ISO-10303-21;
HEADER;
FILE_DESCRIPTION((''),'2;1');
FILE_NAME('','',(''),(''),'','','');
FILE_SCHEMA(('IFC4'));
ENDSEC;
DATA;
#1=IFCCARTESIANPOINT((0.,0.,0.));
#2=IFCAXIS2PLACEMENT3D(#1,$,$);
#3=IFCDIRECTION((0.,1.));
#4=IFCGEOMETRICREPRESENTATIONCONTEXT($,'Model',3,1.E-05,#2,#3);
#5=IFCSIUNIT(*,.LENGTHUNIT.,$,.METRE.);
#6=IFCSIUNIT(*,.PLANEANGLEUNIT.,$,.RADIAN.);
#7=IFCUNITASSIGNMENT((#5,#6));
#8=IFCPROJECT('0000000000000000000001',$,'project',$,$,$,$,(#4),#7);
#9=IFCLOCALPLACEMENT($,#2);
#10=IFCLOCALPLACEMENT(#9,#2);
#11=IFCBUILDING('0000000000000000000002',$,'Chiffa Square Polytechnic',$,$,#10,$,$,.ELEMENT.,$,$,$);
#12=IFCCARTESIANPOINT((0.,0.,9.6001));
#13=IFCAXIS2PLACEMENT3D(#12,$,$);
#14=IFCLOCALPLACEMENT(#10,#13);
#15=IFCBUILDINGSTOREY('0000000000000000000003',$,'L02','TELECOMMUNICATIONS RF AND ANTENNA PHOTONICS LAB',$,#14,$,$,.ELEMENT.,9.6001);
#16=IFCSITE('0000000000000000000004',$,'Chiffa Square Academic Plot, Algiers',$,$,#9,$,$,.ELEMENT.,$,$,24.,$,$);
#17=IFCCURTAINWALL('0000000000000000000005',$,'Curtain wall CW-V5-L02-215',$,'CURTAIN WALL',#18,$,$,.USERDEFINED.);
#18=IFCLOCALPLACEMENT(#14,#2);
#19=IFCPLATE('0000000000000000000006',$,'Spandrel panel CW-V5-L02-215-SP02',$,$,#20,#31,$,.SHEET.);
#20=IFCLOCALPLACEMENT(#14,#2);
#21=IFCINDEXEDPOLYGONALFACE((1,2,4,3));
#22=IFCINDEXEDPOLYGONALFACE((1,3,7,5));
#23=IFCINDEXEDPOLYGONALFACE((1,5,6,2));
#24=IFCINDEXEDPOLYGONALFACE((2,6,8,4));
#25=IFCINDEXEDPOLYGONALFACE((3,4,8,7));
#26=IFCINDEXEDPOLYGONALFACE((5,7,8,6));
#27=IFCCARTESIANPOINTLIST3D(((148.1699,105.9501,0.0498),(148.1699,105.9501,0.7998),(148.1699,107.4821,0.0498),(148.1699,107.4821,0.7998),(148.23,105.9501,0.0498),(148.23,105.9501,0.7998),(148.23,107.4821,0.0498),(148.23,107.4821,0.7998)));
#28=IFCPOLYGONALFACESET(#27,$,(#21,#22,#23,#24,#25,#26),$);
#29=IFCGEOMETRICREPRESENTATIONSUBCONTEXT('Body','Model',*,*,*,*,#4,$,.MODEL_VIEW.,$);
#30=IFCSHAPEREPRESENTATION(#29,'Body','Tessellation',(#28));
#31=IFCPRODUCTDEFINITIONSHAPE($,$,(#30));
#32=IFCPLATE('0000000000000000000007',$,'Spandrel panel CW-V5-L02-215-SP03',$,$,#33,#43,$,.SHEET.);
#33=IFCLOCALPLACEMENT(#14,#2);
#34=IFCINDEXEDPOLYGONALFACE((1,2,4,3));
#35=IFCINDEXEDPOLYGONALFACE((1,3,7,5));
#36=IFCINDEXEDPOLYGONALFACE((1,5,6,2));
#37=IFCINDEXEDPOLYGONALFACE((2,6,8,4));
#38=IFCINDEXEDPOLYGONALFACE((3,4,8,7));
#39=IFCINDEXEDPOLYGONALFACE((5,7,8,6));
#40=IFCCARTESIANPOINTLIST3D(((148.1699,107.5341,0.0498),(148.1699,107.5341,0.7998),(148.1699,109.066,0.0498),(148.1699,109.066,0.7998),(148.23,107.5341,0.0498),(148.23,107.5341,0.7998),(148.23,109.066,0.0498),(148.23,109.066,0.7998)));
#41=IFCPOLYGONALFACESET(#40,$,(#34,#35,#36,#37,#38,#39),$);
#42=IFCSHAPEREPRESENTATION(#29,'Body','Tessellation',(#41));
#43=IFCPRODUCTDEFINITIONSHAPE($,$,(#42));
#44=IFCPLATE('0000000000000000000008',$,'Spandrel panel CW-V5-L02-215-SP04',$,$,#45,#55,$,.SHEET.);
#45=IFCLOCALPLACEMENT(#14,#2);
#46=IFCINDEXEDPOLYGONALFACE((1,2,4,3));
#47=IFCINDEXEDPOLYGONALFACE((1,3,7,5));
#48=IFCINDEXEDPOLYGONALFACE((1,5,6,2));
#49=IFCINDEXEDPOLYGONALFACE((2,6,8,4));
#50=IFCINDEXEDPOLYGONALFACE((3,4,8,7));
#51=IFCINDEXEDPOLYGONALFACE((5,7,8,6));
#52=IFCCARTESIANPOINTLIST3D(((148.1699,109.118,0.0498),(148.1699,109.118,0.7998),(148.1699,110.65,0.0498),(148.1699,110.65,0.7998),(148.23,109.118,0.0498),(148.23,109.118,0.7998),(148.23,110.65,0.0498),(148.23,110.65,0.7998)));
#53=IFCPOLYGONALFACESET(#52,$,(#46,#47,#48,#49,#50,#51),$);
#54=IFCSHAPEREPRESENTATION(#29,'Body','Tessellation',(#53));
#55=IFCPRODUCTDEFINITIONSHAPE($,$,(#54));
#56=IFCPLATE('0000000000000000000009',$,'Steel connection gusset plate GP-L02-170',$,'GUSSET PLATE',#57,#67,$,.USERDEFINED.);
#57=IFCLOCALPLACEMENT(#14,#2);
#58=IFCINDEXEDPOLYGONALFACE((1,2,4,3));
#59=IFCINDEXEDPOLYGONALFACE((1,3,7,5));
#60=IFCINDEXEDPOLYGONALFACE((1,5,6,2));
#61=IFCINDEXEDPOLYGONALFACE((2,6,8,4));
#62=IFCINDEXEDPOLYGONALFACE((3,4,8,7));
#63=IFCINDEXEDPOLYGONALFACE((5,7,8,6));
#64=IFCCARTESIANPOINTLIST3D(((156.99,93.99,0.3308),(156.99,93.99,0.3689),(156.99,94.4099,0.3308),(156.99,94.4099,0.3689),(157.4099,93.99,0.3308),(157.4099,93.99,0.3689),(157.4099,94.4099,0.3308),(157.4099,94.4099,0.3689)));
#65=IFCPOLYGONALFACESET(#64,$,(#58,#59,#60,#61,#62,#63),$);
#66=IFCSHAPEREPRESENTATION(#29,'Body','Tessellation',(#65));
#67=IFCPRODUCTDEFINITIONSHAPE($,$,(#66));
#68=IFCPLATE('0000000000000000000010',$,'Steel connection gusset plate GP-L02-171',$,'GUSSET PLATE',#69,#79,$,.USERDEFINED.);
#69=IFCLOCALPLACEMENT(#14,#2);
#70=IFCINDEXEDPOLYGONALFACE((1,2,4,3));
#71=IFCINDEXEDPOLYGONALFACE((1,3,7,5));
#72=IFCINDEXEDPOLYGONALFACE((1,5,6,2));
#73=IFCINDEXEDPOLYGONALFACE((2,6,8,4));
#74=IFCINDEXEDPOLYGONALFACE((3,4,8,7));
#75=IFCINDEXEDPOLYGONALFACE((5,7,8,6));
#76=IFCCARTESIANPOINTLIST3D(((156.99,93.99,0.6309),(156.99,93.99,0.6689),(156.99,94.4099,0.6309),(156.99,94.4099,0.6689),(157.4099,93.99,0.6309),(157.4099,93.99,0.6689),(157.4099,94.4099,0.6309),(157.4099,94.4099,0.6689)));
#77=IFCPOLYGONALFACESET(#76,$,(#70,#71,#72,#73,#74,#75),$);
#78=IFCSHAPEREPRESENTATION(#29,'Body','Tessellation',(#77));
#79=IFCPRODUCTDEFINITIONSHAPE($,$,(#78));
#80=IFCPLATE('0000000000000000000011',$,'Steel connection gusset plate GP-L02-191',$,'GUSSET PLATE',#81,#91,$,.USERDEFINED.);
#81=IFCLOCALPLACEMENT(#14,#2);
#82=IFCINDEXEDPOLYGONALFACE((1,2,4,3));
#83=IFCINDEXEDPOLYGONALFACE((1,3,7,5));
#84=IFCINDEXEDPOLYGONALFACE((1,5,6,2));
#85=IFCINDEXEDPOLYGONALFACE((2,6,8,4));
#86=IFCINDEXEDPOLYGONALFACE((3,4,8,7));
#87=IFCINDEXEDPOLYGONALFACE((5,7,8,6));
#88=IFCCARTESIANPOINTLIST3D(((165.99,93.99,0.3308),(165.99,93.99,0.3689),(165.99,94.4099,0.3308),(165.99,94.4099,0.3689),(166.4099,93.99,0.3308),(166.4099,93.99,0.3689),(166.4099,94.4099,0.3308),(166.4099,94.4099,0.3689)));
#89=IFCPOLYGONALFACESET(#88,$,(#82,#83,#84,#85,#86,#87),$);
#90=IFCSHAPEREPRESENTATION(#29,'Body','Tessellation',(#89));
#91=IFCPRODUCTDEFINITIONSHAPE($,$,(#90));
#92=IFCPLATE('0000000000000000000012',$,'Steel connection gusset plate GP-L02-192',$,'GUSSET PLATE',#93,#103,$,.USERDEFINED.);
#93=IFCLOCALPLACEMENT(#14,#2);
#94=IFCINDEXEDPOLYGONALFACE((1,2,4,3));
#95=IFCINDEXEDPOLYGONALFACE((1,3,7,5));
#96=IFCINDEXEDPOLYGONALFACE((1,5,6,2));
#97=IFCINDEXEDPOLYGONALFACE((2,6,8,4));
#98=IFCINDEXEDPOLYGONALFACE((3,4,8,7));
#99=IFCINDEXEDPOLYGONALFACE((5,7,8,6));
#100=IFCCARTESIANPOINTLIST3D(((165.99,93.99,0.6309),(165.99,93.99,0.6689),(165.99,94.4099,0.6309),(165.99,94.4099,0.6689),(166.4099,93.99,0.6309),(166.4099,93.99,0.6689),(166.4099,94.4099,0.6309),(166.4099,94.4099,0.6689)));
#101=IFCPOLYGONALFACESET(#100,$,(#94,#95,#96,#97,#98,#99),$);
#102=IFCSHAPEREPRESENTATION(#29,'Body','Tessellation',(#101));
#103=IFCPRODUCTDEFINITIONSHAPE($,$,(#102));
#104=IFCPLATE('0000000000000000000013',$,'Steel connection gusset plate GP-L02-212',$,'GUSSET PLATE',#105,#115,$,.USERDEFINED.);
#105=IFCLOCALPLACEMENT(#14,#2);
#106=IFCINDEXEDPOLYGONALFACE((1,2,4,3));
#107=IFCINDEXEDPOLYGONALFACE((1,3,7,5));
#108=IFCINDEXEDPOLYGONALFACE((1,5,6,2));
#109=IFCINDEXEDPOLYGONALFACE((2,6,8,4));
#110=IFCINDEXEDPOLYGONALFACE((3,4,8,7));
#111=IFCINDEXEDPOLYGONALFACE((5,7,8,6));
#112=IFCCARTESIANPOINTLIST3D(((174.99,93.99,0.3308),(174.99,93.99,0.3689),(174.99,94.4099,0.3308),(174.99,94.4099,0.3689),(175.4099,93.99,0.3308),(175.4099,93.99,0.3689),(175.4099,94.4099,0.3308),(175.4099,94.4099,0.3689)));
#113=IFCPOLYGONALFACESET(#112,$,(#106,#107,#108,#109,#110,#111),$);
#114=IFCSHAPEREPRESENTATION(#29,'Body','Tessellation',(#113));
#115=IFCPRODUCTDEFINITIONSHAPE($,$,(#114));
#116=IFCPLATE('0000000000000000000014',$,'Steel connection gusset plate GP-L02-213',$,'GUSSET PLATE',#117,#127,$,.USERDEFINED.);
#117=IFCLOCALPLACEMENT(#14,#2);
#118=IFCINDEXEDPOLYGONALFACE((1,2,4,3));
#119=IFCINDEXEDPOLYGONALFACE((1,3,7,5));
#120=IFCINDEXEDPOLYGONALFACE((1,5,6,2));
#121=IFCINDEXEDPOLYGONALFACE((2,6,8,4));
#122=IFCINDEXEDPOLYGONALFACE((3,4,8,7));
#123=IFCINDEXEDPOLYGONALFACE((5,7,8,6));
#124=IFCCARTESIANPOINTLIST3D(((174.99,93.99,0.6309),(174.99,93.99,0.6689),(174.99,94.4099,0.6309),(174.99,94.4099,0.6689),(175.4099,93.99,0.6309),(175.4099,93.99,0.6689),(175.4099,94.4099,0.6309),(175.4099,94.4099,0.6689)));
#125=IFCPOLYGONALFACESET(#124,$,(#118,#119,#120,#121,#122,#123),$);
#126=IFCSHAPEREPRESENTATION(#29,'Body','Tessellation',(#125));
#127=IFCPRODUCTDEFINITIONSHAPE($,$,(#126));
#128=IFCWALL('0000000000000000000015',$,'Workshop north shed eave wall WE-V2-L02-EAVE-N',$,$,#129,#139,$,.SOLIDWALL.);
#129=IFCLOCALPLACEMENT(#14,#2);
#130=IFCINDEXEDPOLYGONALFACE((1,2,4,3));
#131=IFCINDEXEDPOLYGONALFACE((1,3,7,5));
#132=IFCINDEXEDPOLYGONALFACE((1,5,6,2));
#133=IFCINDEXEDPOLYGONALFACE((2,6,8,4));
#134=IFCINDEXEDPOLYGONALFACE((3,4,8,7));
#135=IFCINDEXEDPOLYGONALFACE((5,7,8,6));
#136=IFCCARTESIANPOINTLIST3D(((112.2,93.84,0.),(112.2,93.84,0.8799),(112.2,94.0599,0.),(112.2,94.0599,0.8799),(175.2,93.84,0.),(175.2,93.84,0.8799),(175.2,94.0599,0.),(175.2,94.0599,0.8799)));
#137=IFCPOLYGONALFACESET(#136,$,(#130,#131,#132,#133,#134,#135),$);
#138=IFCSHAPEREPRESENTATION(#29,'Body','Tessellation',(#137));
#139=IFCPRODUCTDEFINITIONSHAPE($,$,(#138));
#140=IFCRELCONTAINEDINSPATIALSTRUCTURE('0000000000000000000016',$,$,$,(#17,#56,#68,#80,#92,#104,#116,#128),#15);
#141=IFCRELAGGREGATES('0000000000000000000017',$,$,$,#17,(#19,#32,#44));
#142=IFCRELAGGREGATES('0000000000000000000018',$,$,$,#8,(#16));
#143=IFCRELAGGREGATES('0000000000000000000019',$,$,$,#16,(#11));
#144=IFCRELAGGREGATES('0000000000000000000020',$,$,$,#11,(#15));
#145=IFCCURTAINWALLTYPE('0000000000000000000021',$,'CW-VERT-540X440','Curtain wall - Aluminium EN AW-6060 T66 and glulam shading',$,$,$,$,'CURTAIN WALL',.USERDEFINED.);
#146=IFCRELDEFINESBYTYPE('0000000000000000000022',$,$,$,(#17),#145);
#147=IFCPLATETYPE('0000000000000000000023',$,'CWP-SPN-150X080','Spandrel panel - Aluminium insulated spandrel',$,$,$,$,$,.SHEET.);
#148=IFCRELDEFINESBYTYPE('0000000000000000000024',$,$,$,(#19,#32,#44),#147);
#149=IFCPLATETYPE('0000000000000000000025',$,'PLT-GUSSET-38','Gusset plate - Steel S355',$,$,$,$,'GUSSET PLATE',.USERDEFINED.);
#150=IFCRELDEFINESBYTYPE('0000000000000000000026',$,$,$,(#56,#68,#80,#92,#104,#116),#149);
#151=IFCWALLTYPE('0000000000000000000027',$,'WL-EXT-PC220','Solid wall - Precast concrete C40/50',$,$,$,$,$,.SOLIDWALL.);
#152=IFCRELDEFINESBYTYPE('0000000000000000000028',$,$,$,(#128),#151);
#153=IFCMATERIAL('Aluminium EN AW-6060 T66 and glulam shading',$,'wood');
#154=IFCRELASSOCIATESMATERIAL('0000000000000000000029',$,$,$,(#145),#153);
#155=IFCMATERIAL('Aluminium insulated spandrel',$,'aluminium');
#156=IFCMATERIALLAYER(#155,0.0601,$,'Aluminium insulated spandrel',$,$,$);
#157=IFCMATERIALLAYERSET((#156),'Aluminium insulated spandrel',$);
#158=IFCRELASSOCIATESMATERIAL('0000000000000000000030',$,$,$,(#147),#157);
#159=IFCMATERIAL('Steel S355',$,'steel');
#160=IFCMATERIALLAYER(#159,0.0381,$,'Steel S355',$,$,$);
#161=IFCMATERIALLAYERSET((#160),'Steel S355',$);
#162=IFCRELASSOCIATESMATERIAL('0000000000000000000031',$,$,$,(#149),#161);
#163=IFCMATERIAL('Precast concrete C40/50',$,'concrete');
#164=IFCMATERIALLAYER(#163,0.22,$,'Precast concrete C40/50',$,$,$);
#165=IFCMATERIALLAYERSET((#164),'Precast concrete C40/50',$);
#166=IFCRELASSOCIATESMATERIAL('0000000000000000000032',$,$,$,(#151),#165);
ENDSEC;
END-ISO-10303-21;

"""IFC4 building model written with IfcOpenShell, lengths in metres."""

from ifc_helpers import new_model, si_unit, direction, frame, frame_2d, origin, origin_2d, place, context, subcontext, project, spatial, rectangle, extrude, material, layer, layer_set, type_object, element, aggregate, save


model = new_model("IFC4")

# Units and contexts
model_context = context("Model", 3, precision=1e-05, world=origin(), true_north=direction((0.0, 1.0)))
body_context = subcontext(model_context, "Body", "Model", "MODEL_VIEW")
ifc_project = project(units=[si_unit("LENGTHUNIT", "METRE"), si_unit("PLANEANGLEUNIT", "RADIAN")], contexts=[model_context])

# Site, building, storey
site_placement = place(None, origin())
site = spatial("IfcSite", under=ifc_project, at=site_placement, Name="Chiffa Square Academic Plot, Algiers", CompositionType="ELEMENT", RefElevation=24.0)
building_placement = place(site_placement, origin())
building = spatial("IfcBuilding", under=site, at=building_placement, Name="Chiffa Square Polytechnic", CompositionType="ELEMENT")
storey_placement = place(building_placement, frame((0.0, 0.0, 9.6001)))
storey = spatial("IfcBuildingStorey", under=building, at=storey_placement, Name="L02", Description="TELECOMMUNICATIONS RF AND ANTENNA PHOTONICS LAB", CompositionType="ELEMENT", Elevation=9.6001)

# Shared definitions
ifc_material_1 = material(Name="Steel S355", Category="steel")

# Curtain wall
ifc_material_2 = material(Name="Aluminium EN AW-6060 T66 and glulam shading", Category="wood")
curtain_wall_type = type_object("IfcCurtainWallType", Name="CW-VERT-540X440", Description="Curtain wall - Aluminium EN AW-6060 T66 and glulam shading", ElementType="CURTAIN WALL", PredefinedType="USERDEFINED", material=ifc_material_2)
curtain_wall_placement = place(storey_placement, origin())
curtain_wall = element("IfcCurtainWall", 1, at=curtain_wall_placement, inside=storey, type_object=curtain_wall_type, Name="Curtain wall CW-V5-L02-215", ObjectType="CURTAIN WALL", PredefinedType="USERDEFINED")

# Plates
ifc_material_3 = material(Name="Aluminium insulated spandrel", Category="aluminium")
ifc_layer_1 = layer(ifc_material_3, 0.0601, Name="Aluminium insulated spandrel")
ifc_layer_set_1 = layer_set([ifc_layer_1], Name="Aluminium insulated spandrel")
plate_type_1 = type_object("IfcPlateType", Name="CWP-SPN-150X080", Description="Spandrel panel - Aluminium insulated spandrel", PredefinedType="SHEET", material=ifc_layer_set_1)
plate_1_placement = place(storey_placement, frame((148.2, 106.7161, 0.0498), z_axis=(0.0, 0.0, 1.0), x_axis=(0.0, 1.0, 0.0)))
plate_1 = element("IfcPlate", 2, at=plate_1_placement, type_object=plate_type_1, Name="Spandrel panel CW-V5-L02-215-SP02", PredefinedType="SHEET", context=body_context, shape_type="SweptSolid", body=[
    extrude(rectangle(XDim=1.532, YDim=0.0601, at=origin_2d()), origin(), (0.0, 0.0, 1.0), 0.75),
])
plate_2_placement = place(storey_placement, frame((148.2, 108.3, 0.0498), z_axis=(0.0, 0.0, 1.0), x_axis=(0.0, 1.0, 0.0)))
plate_2 = element("IfcPlate", 3, at=plate_2_placement, type_object=plate_type_1, Name="Spandrel panel CW-V5-L02-215-SP03", PredefinedType="SHEET", context=body_context, shape_type="SweptSolid", body=[
    extrude(rectangle(XDim=1.532, YDim=0.0601, at=origin_2d()), origin(), (0.0, 0.0, 1.0), 0.75),
])
plate_3_placement = place(storey_placement, frame((148.2, 109.884, 0.0498), z_axis=(0.0, 0.0, 1.0), x_axis=(0.0, 1.0, 0.0)))
plate_3 = element("IfcPlate", 4, at=plate_3_placement, type_object=plate_type_1, Name="Spandrel panel CW-V5-L02-215-SP04", PredefinedType="SHEET", context=body_context, shape_type="SweptSolid", body=[
    extrude(rectangle(XDim=1.532, YDim=0.0601, at=origin_2d()), origin(), (0.0, 0.0, 1.0), 0.75),
])
aggregate(curtain_wall, [plate_1, plate_2, plate_3])

# Plates
ifc_layer_2 = layer(ifc_material_1, 0.0381, Name="Steel S355")
ifc_layer_set_2 = layer_set([ifc_layer_2], Name="Steel S355")
plate_type_2 = type_object("IfcPlateType", Name="PLT-GUSSET-38", Description="Gusset plate - Steel S355", ElementType="GUSSET PLATE", PredefinedType="USERDEFINED", material=ifc_layer_set_2)
for number, where, z_axis, x_axis, name in (
    (5, (157.2, 94.2, 0.3308), (0.0, 0.0, 1.0), (1.0, 0.0, 0.0), "Steel connection gusset plate GP-L02-170"),
    (6, (157.2, 94.2, 0.6309), (0.0, 0.0, 1.0), (1.0, 0.0, 0.0), "Steel connection gusset plate GP-L02-171"),
    (7, (166.2, 94.2, 0.3308), (0.0, 0.0, 1.0), (1.0, 0.0, 0.0), "Steel connection gusset plate GP-L02-191"),
    (8, (166.2, 94.2, 0.6309), (0.0, 0.0, 1.0), (1.0, 0.0, 0.0), "Steel connection gusset plate GP-L02-192"),
    (9, (175.2, 94.2, 0.3308), (0.0, 0.0, 1.0), (1.0, 0.0, 0.0), "Steel connection gusset plate GP-L02-212"),
    (10, (175.2, 94.2, 0.6309), (0.0, 0.0, 1.0), (1.0, 0.0, 0.0), "Steel connection gusset plate GP-L02-213"),
):
    element("IfcPlate", number, at=place(storey_placement, frame(where, z_axis=z_axis, x_axis=x_axis)), inside=storey, type_object=plate_type_2, Name=name, ObjectType="GUSSET PLATE", PredefinedType="USERDEFINED", context=body_context, shape_type="SweptSolid", body=[
        extrude(rectangle(XDim=0.4199, YDim=0.4199, at=origin_2d()), origin(), (0.0, 0.0, 1.0), 0.0381),
    ])

# Wall
ifc_material_4 = material(Name="Precast concrete C40/50", Category="concrete")
ifc_layer_3 = layer(ifc_material_4, 0.22, Name="Precast concrete C40/50")
ifc_layer_set_3 = layer_set([ifc_layer_3], Name="Precast concrete C40/50")
wall_type = type_object("IfcWallType", Name="WL-EXT-PC220", Description="Solid wall - Precast concrete C40/50", PredefinedType="SOLIDWALL", material=ifc_layer_set_3)
wall_placement = place(storey_placement, frame((175.2, 93.95, 0.0), z_axis=(0.0, 0.0, 1.0), x_axis=(-1.0, 0.0, 0.0)))
element("IfcWall", 11, at=wall_placement, inside=storey, type_object=wall_type, Name="Workshop north shed eave wall WE-V2-L02-EAVE-N", PredefinedType="SOLIDWALL", context=body_context, shape_type="SweptSolid", body=[
    extrude(rectangle(XDim=63.0, YDim=0.22, at=frame_2d((31.5, 0.0))), origin(), (0.0, 0.0, 1.0), 0.8799),
])

save(model, "model.ifc")
